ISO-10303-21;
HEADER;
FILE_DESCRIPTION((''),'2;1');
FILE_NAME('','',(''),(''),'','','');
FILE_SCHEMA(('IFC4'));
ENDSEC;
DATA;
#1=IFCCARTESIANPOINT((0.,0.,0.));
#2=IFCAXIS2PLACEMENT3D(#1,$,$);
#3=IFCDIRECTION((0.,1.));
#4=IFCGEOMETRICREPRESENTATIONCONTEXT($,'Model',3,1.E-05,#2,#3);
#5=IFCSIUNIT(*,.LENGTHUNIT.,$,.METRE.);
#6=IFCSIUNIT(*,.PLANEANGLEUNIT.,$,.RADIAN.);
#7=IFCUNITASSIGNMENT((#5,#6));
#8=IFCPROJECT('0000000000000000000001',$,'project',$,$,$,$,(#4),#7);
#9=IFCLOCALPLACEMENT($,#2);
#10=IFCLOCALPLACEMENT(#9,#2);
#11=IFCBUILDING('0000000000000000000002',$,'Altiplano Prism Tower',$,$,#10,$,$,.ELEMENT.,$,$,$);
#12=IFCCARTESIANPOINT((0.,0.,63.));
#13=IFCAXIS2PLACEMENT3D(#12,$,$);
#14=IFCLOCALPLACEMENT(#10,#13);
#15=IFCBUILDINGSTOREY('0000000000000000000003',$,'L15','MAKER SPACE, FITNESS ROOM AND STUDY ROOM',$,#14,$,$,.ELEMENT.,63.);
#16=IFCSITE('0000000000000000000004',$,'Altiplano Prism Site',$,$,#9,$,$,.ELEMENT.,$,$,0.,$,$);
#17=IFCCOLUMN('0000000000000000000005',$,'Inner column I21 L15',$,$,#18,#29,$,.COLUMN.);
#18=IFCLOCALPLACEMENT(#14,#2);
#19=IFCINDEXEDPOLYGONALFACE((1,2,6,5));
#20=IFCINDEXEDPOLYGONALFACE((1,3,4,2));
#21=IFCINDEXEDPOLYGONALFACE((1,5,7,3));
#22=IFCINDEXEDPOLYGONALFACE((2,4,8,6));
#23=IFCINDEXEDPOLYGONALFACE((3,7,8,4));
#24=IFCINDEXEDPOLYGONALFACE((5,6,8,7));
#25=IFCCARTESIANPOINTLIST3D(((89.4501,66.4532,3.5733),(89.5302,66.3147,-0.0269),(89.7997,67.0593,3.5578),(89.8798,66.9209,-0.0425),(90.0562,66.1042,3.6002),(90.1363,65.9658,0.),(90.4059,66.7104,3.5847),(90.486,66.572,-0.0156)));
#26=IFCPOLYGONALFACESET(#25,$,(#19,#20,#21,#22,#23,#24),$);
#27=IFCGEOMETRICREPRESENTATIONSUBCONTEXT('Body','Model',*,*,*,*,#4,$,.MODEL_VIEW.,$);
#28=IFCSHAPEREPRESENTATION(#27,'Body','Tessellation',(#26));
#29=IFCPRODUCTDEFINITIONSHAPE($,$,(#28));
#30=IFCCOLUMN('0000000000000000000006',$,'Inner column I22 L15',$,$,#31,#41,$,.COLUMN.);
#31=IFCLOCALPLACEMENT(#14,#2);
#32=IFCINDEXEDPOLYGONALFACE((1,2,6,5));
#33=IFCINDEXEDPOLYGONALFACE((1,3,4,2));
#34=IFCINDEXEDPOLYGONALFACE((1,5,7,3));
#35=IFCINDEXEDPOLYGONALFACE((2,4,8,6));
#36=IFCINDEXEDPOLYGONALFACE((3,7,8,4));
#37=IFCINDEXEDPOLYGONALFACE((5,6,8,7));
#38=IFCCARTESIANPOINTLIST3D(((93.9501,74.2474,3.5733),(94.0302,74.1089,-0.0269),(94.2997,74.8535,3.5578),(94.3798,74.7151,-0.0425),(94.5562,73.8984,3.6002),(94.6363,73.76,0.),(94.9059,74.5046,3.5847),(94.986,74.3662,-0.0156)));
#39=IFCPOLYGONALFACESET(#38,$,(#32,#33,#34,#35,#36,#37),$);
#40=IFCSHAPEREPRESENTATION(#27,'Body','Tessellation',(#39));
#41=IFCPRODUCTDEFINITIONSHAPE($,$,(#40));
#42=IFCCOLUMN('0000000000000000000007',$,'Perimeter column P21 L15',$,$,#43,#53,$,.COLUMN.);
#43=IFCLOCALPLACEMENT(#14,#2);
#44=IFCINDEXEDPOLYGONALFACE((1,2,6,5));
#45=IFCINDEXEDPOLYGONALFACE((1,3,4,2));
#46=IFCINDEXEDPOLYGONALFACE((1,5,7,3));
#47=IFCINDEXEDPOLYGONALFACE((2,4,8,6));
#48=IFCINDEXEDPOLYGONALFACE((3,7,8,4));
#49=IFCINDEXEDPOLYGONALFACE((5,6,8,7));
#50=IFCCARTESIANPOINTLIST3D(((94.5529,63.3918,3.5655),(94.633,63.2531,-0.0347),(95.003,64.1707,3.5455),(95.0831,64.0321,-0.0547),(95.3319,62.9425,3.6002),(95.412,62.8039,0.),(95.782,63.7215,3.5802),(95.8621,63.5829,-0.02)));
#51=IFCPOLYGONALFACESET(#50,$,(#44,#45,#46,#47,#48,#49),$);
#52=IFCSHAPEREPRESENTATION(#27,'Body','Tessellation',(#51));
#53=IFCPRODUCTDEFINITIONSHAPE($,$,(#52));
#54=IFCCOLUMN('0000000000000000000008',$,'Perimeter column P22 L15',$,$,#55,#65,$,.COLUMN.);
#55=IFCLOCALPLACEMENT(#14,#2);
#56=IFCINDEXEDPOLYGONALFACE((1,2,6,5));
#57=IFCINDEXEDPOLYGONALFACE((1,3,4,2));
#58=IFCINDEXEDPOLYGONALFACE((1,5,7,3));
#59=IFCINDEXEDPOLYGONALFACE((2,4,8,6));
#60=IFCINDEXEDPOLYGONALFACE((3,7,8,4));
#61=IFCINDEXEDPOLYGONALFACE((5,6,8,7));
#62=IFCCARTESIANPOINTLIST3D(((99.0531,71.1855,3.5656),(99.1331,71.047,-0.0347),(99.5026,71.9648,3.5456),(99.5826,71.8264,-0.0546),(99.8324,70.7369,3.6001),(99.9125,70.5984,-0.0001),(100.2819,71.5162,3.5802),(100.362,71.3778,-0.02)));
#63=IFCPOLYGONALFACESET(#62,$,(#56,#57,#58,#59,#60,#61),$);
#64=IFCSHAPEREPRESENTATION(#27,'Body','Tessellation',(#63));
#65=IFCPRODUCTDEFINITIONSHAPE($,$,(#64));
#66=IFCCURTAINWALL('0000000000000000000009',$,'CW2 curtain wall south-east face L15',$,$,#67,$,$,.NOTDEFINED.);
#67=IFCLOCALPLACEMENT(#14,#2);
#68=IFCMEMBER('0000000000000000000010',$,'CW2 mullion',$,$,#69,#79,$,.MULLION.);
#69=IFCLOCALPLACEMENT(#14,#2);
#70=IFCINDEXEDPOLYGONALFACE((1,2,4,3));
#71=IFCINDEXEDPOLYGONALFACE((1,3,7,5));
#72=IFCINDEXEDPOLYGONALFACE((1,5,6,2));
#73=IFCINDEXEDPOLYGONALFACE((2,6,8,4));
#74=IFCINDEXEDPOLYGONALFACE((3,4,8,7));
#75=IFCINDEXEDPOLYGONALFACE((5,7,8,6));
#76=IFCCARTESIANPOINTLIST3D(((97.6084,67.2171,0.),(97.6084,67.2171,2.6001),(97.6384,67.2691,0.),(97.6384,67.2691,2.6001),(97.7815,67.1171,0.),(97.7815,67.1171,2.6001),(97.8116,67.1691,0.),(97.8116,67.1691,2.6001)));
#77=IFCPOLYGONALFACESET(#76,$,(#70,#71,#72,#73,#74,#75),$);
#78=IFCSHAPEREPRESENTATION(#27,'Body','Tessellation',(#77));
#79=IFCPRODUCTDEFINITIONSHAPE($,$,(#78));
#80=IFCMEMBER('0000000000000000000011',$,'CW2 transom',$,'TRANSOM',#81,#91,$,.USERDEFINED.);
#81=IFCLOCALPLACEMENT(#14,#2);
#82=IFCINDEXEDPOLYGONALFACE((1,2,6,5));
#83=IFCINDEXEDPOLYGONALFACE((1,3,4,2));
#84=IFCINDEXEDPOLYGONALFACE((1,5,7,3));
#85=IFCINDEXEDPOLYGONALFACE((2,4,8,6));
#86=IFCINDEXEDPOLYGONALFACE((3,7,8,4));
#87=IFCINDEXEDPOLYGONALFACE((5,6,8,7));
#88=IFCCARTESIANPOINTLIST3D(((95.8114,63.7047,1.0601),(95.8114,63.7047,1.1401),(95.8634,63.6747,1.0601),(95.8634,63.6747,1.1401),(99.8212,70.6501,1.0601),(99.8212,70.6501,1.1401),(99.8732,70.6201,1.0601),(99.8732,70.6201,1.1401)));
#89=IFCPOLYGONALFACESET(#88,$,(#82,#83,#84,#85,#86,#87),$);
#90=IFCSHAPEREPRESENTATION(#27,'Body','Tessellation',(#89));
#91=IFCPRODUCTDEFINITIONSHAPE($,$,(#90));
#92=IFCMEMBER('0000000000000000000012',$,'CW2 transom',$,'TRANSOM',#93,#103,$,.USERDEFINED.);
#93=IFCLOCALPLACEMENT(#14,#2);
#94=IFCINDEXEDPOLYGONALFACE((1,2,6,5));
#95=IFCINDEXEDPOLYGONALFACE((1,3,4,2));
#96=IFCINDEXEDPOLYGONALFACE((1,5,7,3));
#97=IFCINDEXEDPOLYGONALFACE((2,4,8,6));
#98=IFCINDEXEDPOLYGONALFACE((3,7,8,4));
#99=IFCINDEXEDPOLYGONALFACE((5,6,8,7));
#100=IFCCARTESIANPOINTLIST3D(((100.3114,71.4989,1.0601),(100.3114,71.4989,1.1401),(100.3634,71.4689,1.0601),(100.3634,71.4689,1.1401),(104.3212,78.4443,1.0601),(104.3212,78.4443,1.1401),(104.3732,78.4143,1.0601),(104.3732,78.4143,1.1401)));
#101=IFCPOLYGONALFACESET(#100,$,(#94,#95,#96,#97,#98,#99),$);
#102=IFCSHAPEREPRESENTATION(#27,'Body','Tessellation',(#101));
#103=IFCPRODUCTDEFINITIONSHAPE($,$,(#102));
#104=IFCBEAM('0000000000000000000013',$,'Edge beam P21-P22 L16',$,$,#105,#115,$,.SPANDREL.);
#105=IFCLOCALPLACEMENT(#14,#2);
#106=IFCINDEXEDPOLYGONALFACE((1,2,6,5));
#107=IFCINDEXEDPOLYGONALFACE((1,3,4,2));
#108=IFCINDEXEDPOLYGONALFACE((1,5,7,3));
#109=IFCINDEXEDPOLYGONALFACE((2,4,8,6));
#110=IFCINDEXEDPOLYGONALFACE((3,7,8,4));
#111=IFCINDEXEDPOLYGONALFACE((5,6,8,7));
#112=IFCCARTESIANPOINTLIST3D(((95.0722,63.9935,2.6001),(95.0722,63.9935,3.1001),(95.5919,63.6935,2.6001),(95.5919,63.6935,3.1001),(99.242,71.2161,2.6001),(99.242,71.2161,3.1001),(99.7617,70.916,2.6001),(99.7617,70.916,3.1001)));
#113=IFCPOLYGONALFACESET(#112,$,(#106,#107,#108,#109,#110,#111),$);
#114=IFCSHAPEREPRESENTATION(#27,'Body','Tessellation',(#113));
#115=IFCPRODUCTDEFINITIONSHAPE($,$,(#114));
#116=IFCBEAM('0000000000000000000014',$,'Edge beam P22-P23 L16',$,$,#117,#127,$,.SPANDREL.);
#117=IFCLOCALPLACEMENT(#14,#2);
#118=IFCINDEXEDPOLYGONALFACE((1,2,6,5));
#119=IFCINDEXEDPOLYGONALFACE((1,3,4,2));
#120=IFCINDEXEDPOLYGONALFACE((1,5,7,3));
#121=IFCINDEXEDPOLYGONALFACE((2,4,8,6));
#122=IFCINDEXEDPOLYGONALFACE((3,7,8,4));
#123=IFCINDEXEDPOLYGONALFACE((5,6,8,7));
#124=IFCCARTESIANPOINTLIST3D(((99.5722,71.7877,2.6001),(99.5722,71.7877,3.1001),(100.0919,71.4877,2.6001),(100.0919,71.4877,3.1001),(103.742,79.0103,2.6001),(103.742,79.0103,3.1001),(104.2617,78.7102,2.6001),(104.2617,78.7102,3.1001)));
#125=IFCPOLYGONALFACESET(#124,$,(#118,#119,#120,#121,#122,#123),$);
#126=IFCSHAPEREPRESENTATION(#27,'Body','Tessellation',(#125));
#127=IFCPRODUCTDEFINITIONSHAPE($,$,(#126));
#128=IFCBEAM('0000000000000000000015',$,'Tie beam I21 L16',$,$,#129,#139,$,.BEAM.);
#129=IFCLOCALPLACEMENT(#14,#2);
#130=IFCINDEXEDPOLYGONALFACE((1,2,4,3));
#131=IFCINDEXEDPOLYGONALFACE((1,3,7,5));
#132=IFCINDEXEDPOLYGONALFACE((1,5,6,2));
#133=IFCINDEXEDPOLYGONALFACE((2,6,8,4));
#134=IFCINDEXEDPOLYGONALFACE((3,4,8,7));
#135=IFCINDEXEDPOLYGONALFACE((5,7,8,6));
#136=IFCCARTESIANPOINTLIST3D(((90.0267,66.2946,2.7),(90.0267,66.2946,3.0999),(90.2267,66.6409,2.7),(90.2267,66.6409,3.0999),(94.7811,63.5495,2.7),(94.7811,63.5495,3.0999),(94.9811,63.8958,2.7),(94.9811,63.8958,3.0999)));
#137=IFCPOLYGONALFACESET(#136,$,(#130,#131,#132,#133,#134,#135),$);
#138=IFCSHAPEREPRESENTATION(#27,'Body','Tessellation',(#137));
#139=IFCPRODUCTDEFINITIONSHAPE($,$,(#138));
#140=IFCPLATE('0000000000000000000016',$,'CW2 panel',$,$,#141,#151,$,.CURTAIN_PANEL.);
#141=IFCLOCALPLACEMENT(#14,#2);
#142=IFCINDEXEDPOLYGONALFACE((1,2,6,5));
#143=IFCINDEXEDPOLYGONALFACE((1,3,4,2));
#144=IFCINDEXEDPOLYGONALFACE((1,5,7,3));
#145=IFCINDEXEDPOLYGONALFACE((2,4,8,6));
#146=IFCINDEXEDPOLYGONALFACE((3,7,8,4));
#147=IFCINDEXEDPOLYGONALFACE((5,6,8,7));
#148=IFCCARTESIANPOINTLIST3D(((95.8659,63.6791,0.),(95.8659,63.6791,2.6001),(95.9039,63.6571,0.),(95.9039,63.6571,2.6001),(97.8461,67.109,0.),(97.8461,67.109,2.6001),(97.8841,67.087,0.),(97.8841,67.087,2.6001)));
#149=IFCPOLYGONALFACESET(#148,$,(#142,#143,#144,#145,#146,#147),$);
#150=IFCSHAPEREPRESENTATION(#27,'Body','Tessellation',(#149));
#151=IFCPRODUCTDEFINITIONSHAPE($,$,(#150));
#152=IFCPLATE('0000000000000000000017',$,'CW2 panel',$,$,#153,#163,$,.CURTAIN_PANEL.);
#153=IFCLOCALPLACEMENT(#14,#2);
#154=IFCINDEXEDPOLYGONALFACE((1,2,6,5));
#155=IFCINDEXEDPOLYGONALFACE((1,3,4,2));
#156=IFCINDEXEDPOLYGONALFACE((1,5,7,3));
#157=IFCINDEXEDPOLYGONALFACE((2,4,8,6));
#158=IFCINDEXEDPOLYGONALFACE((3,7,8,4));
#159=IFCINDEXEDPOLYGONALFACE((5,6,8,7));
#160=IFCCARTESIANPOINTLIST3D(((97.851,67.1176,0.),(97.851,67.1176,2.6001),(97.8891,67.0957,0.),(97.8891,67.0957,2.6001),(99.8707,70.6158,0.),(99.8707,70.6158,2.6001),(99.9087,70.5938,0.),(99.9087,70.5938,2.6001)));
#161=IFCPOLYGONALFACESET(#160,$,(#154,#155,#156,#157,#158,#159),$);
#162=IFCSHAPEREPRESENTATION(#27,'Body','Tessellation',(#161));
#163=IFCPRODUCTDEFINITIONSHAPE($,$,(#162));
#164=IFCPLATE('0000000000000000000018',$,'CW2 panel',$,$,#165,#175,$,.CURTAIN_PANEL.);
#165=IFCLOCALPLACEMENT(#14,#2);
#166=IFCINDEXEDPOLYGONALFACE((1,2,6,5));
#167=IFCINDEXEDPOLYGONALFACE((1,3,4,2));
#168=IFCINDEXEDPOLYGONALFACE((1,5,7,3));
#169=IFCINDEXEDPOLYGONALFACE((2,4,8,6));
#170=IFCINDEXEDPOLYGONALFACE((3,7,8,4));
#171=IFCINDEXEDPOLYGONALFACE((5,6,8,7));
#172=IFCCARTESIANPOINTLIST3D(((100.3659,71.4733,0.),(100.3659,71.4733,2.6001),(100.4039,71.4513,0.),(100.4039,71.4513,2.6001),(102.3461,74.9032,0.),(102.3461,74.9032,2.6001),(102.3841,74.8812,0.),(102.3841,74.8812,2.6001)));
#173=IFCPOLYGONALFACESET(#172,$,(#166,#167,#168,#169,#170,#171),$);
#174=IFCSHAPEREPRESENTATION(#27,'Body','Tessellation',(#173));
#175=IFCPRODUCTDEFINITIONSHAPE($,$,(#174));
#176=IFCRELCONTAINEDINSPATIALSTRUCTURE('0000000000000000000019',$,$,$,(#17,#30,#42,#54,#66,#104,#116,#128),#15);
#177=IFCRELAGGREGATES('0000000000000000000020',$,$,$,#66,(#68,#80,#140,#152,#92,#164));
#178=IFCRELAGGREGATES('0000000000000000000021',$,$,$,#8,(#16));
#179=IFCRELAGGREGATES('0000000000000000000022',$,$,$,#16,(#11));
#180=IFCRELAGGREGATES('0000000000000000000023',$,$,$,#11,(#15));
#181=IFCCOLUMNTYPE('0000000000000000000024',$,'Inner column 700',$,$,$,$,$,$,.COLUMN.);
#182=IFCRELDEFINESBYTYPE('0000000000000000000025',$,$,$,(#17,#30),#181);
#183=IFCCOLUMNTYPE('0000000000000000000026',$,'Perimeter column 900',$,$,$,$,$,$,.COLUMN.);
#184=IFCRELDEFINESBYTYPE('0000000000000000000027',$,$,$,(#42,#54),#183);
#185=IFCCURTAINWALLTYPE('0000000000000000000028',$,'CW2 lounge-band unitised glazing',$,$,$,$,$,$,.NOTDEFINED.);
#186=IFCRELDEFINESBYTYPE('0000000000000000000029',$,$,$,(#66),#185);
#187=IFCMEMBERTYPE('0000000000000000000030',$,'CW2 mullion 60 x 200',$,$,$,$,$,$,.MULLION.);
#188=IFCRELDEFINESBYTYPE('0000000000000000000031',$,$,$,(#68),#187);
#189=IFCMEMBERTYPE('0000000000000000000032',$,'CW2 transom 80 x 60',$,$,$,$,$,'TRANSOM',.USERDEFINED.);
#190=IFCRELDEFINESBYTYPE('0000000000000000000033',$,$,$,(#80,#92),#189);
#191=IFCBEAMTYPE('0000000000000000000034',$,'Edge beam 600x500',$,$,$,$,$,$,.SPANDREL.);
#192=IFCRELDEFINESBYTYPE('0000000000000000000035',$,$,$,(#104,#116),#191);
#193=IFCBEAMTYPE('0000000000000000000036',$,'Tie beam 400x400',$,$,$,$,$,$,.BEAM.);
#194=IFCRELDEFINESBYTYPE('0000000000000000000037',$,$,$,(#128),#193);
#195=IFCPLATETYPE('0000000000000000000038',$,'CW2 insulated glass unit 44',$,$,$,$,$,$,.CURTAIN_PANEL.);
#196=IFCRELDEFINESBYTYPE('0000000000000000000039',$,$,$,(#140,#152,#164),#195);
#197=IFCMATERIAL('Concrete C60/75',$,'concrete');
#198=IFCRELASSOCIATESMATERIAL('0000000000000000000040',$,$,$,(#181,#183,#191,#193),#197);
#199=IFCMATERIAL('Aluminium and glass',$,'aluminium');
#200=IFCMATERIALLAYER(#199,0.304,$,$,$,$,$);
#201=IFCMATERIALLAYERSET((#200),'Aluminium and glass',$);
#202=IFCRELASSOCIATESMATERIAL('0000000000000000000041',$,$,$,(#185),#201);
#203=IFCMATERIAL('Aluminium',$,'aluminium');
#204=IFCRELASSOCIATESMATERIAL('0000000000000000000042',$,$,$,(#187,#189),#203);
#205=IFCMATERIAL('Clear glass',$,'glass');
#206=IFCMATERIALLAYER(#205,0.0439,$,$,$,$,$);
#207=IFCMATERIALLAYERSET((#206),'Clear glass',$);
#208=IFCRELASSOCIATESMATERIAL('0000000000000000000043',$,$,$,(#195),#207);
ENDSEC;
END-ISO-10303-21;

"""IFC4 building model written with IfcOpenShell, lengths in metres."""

from ifc_helpers import new_model, si_unit, direction, frame, origin, origin_2d, place, context, subcontext, project, spatial, rectangle, extrude, material, layer, layer_set, material_profile, profile_set, type_object, element, aggregate, save


model = new_model("IFC4")

# Units and contexts
model_context = context("Model", 3, precision=1e-05, world=origin(), true_north=direction((0.0, 1.0)))
body_context = subcontext(model_context, "Body", "Model", "MODEL_VIEW")
ifc_project = project(units=[si_unit("LENGTHUNIT", "METRE"), si_unit("PLANEANGLEUNIT", "RADIAN")], contexts=[model_context])

# Site, building, storey
site_placement = place(None, origin())
site = spatial("IfcSite", under=ifc_project, at=site_placement, Name="Altiplano Prism Site", CompositionType="ELEMENT", RefElevation=0.0)
building_placement = place(site_placement, origin())
building = spatial("IfcBuilding", under=site, at=building_placement, Name="Altiplano Prism Tower", CompositionType="ELEMENT")
storey_placement = place(building_placement, frame((0.0, 0.0, 63.0)))
storey = spatial("IfcBuildingStorey", under=building, at=storey_placement, Name="L15", Description="MAKER SPACE, FITNESS ROOM AND STUDY ROOM", CompositionType="ELEMENT", Elevation=63.0)

# Columns
ifc_material_1 = material(Name="Concrete C60/75", Category="concrete")
ifc_material_profile_1 = material_profile(ifc_material_1, rectangle(XDim=0.7, YDim=0.7, at=origin_2d()), Name="Inner column 700")
ifc_profile_set_1 = profile_set([ifc_material_profile_1], Name="Concrete C60/75")
column_type_1 = type_object("IfcColumnType", Name="Inner column 700", PredefinedType="COLUMN", material=ifc_profile_set_1)
for number, where, z_axis, x_axis, name in (
    (1, (90.0081, 66.4434, -0.0212), (-0.022221, 0.038413, 0.999015), (-0.499508, -0.866025, 0.022189), "Inner column I21 L15"),
    (2, (94.5081, 74.2375, -0.0212), (-0.022221, 0.038413, 0.999015), (-0.499508, -0.866025, 0.022189), "Inner column I22 L15"),
):
    element("IfcColumn", number, at=place(storey_placement, frame(where, z_axis=z_axis, x_axis=x_axis)), inside=storey, type_object=column_type_1, Name=name, PredefinedType="COLUMN", context=body_context, shape_type="SweptSolid", body=[
        extrude(rectangle(XDim=0.7, YDim=0.7, at=origin_2d()), origin(), (0.0, 0.0, 1.0), 3.6038),
    ])
ifc_material_profile_2 = material_profile(ifc_material_1, rectangle(XDim=0.8999, YDim=0.8999, at=origin_2d()), Name="Perimeter column 900")
ifc_profile_set_2 = profile_set([ifc_material_profile_2], Name="Concrete C60/75")
column_type_2 = type_object("IfcColumnType", Name="Perimeter column 900", PredefinedType="COLUMN", material=ifc_profile_set_2)
for number, where, z_axis, x_axis, name in (
    (3, (95.2476, 63.418, -0.0273), (-0.022221, 0.038481, 0.999012), (-0.50017, -0.865642, 0.022218), "Perimeter column P21 L15"),
    (4, (99.7476, 71.2124, -0.0273), (-0.022221, 0.038413, 0.999015), (-0.499508, -0.866025, 0.022189), "Perimeter column P22 L15"),
):
    element("IfcColumn", number, at=place(storey_placement, frame(where, z_axis=z_axis, x_axis=x_axis)), inside=storey, type_object=column_type_2, Name=name, PredefinedType="COLUMN", context=body_context, shape_type="SweptSolid", body=[
        extrude(rectangle(XDim=0.8999, YDim=0.8999, at=origin_2d()), origin(), (0.0, 0.0, 1.0), 3.6038),
    ])

# Curtain wall, members
ifc_material_2 = material(Name="Aluminium and glass", Category="aluminium")
ifc_layer_1 = layer(ifc_material_2, 0.304)
ifc_layer_set_1 = layer_set([ifc_layer_1], Name="Aluminium and glass")
curtain_wall_type = type_object("IfcCurtainWallType", Name="CW2 lounge-band unitised glazing", PredefinedType="NOTDEFINED", material=ifc_layer_set_1)
curtain_wall_placement = place(storey_placement, origin())
curtain_wall = element("IfcCurtainWall", 5, at=curtain_wall_placement, inside=storey, type_object=curtain_wall_type, Name="CW2 curtain wall south-east face L15", PredefinedType="NOTDEFINED")
ifc_material_3 = material(Name="Aluminium", Category="aluminium")
ifc_material_profile_3 = material_profile(ifc_material_3, rectangle(XDim=0.2, YDim=0.0601, at=origin_2d()), Name="CW2 mullion 60 x 200")
ifc_profile_set_3 = profile_set([ifc_material_profile_3], Name="Aluminium")
member_type_1 = type_object("IfcMemberType", Name="CW2 mullion 60 x 200", PredefinedType="MULLION", material=ifc_profile_set_3)
member_1_placement = place(storey_placement, frame((97.71, 67.1931, 0.0), z_axis=(0.0, 0.0, 1.0), x_axis=(-0.866025, 0.5, 0.0)))
member_1 = element("IfcMember", 6, at=member_1_placement, type_object=member_type_1, Name="CW2 mullion", PredefinedType="MULLION", context=body_context, shape_type="SweptSolid", body=[
    extrude(rectangle(XDim=0.2, YDim=0.0601, at=origin_2d()), origin(), (0.0, 0.0, 1.0), 2.6001),
])
ifc_material_profile_4 = material_profile(ifc_material_3, rectangle(XDim=0.0601, YDim=0.0801, at=origin_2d()), Name="CW2 transom 80 x 60")
ifc_profile_set_4 = profile_set([ifc_material_profile_4], Name="Aluminium")
member_type_2 = type_object("IfcMemberType", Name="CW2 transom 80 x 60", ElementType="TRANSOM", PredefinedType="USERDEFINED", material=ifc_profile_set_4)
member_2_placement = place(storey_placement, frame((95.8374, 63.6897, 1.1001), z_axis=(0.499989, 0.866031, 0.0), x_axis=(-0.866031, 0.499989, 0.0)))
member_2 = element("IfcMember", 7, at=member_2_placement, type_object=member_type_2, Name="CW2 transom", ObjectType="TRANSOM", PredefinedType="USERDEFINED", context=body_context, shape_type="SweptSolid", body=[
    extrude(rectangle(XDim=0.0601, YDim=0.0801, at=origin_2d()), origin(), (0.0, 0.0, 1.0), 8.0198),
])
member_3_placement = place(storey_placement, frame((100.3374, 71.4839, 1.1001), z_axis=(0.499989, 0.866031, 0.0), x_axis=(-0.866031, 0.499989, 0.0)))
member_3 = element("IfcMember", 8, at=member_3_placement, type_object=member_type_2, Name="CW2 transom", ObjectType="TRANSOM", PredefinedType="USERDEFINED", context=body_context, shape_type="SweptSolid", body=[
    extrude(rectangle(XDim=0.0601, YDim=0.0801, at=origin_2d()), origin(), (0.0, 0.0, 1.0), 8.0198),
])

# Beams
ifc_material_profile_5 = material_profile(ifc_material_1, rectangle(XDim=0.6001, YDim=0.5, at=origin_2d()), Name="Edge beam 600x500")
ifc_profile_set_5 = profile_set([ifc_material_profile_5], Name="Concrete C60/75")
beam_type_1 = type_object("IfcBeamType", Name="Edge beam 600x500", PredefinedType="SPANDREL", material=ifc_profile_set_5)
for number, where, z_axis, x_axis, name in (
    (9, (95.332, 63.8435, 2.8501), (0.499993, 0.86603, 0.0), (-0.86603, 0.499993, 0.0), "Edge beam P21-P22 L16"),
    (10, (99.832, 71.6377, 2.8501), (0.499993, 0.86603, 0.0), (-0.86603, 0.499993, 0.0), "Edge beam P22-P23 L16"),
):
    element("IfcBeam", number, at=place(storey_placement, frame(where, z_axis=z_axis, x_axis=x_axis)), inside=storey, type_object=beam_type_1, Name=name, PredefinedType="SPANDREL", context=body_context, shape_type="SweptSolid", body=[
        extrude(rectangle(XDim=0.6001, YDim=0.5, at=origin_2d()), origin(), (0.0, 0.0, 1.0), 8.3398),
    ])
ifc_material_profile_6 = material_profile(ifc_material_1, rectangle(XDim=0.3999, YDim=0.3999, at=origin_2d()), Name="Tie beam 400x400")
ifc_profile_set_6 = profile_set([ifc_material_profile_6], Name="Concrete C60/75")
beam_type_2 = type_object("IfcBeamType", Name="Tie beam 400x400", PredefinedType="BEAM", material=ifc_profile_set_6)
beam_placement = place(storey_placement, frame((90.1267, 66.4678, 2.8999), z_axis=(0.866012, -0.500023, 0.0), x_axis=(0.500023, 0.866012, 0.0)))
element("IfcBeam", 11, at=beam_placement, inside=storey, type_object=beam_type_2, Name="Tie beam I21 L16", PredefinedType="BEAM", context=body_context, shape_type="SweptSolid", body=[
    extrude(rectangle(XDim=0.3999, YDim=0.3999, at=origin_2d()), origin(), (0.0, 0.0, 1.0), 5.49),
])

# Plates
ifc_material_4 = material(Name="Clear glass", Category="glass")
ifc_layer_2 = layer(ifc_material_4, 0.0439)
ifc_layer_set_2 = layer_set([ifc_layer_2], Name="Clear glass")
plate_type = type_object("IfcPlateType", Name="CW2 insulated glass unit 44", PredefinedType="CURTAIN_PANEL", material=ifc_layer_set_2)
plate_1_placement = place(storey_placement, frame((96.875, 65.3831, 0.0), z_axis=(0.0, 0.0, 1.0), x_axis=(0.5, 0.866025, 0.0)))
plate_1 = element("IfcPlate", 12, at=plate_1_placement, type_object=plate_type, Name="CW2 panel", PredefinedType="CURTAIN_PANEL", context=body_context, shape_type="SweptSolid", body=[
    extrude(rectangle(XDim=3.9604, YDim=0.0439, at=origin_2d()), origin(), (0.0, 0.0, 1.0), 2.6001),
])
plate_2_placement = place(storey_placement, frame((98.8799, 68.8557, 0.0), z_axis=(0.0, 0.0, 1.0), x_axis=(0.5, 0.866025, 0.0)))
plate_2 = element("IfcPlate", 13, at=plate_2_placement, type_object=plate_type, Name="CW2 panel", PredefinedType="CURTAIN_PANEL", context=body_context, shape_type="SweptSolid", body=[
    extrude(rectangle(XDim=4.0393, YDim=0.0439, at=origin_2d()), origin(), (0.0, 0.0, 1.0), 2.6001),
])
plate_3_placement = place(storey_placement, frame((101.375, 73.1772, 0.0), z_axis=(0.0, 0.0, 1.0), x_axis=(0.5, 0.866025, 0.0)))
plate_3 = element("IfcPlate", 14, at=plate_3_placement, type_object=plate_type, Name="CW2 panel", PredefinedType="CURTAIN_PANEL", context=body_context, shape_type="SweptSolid", body=[
    extrude(rectangle(XDim=3.9604, YDim=0.0439, at=origin_2d()), origin(), (0.0, 0.0, 1.0), 2.6001),
])
aggregate(curtain_wall, [member_1, member_2, plate_1, plate_2, member_3, plate_3])

save(model, "model.ifc")
